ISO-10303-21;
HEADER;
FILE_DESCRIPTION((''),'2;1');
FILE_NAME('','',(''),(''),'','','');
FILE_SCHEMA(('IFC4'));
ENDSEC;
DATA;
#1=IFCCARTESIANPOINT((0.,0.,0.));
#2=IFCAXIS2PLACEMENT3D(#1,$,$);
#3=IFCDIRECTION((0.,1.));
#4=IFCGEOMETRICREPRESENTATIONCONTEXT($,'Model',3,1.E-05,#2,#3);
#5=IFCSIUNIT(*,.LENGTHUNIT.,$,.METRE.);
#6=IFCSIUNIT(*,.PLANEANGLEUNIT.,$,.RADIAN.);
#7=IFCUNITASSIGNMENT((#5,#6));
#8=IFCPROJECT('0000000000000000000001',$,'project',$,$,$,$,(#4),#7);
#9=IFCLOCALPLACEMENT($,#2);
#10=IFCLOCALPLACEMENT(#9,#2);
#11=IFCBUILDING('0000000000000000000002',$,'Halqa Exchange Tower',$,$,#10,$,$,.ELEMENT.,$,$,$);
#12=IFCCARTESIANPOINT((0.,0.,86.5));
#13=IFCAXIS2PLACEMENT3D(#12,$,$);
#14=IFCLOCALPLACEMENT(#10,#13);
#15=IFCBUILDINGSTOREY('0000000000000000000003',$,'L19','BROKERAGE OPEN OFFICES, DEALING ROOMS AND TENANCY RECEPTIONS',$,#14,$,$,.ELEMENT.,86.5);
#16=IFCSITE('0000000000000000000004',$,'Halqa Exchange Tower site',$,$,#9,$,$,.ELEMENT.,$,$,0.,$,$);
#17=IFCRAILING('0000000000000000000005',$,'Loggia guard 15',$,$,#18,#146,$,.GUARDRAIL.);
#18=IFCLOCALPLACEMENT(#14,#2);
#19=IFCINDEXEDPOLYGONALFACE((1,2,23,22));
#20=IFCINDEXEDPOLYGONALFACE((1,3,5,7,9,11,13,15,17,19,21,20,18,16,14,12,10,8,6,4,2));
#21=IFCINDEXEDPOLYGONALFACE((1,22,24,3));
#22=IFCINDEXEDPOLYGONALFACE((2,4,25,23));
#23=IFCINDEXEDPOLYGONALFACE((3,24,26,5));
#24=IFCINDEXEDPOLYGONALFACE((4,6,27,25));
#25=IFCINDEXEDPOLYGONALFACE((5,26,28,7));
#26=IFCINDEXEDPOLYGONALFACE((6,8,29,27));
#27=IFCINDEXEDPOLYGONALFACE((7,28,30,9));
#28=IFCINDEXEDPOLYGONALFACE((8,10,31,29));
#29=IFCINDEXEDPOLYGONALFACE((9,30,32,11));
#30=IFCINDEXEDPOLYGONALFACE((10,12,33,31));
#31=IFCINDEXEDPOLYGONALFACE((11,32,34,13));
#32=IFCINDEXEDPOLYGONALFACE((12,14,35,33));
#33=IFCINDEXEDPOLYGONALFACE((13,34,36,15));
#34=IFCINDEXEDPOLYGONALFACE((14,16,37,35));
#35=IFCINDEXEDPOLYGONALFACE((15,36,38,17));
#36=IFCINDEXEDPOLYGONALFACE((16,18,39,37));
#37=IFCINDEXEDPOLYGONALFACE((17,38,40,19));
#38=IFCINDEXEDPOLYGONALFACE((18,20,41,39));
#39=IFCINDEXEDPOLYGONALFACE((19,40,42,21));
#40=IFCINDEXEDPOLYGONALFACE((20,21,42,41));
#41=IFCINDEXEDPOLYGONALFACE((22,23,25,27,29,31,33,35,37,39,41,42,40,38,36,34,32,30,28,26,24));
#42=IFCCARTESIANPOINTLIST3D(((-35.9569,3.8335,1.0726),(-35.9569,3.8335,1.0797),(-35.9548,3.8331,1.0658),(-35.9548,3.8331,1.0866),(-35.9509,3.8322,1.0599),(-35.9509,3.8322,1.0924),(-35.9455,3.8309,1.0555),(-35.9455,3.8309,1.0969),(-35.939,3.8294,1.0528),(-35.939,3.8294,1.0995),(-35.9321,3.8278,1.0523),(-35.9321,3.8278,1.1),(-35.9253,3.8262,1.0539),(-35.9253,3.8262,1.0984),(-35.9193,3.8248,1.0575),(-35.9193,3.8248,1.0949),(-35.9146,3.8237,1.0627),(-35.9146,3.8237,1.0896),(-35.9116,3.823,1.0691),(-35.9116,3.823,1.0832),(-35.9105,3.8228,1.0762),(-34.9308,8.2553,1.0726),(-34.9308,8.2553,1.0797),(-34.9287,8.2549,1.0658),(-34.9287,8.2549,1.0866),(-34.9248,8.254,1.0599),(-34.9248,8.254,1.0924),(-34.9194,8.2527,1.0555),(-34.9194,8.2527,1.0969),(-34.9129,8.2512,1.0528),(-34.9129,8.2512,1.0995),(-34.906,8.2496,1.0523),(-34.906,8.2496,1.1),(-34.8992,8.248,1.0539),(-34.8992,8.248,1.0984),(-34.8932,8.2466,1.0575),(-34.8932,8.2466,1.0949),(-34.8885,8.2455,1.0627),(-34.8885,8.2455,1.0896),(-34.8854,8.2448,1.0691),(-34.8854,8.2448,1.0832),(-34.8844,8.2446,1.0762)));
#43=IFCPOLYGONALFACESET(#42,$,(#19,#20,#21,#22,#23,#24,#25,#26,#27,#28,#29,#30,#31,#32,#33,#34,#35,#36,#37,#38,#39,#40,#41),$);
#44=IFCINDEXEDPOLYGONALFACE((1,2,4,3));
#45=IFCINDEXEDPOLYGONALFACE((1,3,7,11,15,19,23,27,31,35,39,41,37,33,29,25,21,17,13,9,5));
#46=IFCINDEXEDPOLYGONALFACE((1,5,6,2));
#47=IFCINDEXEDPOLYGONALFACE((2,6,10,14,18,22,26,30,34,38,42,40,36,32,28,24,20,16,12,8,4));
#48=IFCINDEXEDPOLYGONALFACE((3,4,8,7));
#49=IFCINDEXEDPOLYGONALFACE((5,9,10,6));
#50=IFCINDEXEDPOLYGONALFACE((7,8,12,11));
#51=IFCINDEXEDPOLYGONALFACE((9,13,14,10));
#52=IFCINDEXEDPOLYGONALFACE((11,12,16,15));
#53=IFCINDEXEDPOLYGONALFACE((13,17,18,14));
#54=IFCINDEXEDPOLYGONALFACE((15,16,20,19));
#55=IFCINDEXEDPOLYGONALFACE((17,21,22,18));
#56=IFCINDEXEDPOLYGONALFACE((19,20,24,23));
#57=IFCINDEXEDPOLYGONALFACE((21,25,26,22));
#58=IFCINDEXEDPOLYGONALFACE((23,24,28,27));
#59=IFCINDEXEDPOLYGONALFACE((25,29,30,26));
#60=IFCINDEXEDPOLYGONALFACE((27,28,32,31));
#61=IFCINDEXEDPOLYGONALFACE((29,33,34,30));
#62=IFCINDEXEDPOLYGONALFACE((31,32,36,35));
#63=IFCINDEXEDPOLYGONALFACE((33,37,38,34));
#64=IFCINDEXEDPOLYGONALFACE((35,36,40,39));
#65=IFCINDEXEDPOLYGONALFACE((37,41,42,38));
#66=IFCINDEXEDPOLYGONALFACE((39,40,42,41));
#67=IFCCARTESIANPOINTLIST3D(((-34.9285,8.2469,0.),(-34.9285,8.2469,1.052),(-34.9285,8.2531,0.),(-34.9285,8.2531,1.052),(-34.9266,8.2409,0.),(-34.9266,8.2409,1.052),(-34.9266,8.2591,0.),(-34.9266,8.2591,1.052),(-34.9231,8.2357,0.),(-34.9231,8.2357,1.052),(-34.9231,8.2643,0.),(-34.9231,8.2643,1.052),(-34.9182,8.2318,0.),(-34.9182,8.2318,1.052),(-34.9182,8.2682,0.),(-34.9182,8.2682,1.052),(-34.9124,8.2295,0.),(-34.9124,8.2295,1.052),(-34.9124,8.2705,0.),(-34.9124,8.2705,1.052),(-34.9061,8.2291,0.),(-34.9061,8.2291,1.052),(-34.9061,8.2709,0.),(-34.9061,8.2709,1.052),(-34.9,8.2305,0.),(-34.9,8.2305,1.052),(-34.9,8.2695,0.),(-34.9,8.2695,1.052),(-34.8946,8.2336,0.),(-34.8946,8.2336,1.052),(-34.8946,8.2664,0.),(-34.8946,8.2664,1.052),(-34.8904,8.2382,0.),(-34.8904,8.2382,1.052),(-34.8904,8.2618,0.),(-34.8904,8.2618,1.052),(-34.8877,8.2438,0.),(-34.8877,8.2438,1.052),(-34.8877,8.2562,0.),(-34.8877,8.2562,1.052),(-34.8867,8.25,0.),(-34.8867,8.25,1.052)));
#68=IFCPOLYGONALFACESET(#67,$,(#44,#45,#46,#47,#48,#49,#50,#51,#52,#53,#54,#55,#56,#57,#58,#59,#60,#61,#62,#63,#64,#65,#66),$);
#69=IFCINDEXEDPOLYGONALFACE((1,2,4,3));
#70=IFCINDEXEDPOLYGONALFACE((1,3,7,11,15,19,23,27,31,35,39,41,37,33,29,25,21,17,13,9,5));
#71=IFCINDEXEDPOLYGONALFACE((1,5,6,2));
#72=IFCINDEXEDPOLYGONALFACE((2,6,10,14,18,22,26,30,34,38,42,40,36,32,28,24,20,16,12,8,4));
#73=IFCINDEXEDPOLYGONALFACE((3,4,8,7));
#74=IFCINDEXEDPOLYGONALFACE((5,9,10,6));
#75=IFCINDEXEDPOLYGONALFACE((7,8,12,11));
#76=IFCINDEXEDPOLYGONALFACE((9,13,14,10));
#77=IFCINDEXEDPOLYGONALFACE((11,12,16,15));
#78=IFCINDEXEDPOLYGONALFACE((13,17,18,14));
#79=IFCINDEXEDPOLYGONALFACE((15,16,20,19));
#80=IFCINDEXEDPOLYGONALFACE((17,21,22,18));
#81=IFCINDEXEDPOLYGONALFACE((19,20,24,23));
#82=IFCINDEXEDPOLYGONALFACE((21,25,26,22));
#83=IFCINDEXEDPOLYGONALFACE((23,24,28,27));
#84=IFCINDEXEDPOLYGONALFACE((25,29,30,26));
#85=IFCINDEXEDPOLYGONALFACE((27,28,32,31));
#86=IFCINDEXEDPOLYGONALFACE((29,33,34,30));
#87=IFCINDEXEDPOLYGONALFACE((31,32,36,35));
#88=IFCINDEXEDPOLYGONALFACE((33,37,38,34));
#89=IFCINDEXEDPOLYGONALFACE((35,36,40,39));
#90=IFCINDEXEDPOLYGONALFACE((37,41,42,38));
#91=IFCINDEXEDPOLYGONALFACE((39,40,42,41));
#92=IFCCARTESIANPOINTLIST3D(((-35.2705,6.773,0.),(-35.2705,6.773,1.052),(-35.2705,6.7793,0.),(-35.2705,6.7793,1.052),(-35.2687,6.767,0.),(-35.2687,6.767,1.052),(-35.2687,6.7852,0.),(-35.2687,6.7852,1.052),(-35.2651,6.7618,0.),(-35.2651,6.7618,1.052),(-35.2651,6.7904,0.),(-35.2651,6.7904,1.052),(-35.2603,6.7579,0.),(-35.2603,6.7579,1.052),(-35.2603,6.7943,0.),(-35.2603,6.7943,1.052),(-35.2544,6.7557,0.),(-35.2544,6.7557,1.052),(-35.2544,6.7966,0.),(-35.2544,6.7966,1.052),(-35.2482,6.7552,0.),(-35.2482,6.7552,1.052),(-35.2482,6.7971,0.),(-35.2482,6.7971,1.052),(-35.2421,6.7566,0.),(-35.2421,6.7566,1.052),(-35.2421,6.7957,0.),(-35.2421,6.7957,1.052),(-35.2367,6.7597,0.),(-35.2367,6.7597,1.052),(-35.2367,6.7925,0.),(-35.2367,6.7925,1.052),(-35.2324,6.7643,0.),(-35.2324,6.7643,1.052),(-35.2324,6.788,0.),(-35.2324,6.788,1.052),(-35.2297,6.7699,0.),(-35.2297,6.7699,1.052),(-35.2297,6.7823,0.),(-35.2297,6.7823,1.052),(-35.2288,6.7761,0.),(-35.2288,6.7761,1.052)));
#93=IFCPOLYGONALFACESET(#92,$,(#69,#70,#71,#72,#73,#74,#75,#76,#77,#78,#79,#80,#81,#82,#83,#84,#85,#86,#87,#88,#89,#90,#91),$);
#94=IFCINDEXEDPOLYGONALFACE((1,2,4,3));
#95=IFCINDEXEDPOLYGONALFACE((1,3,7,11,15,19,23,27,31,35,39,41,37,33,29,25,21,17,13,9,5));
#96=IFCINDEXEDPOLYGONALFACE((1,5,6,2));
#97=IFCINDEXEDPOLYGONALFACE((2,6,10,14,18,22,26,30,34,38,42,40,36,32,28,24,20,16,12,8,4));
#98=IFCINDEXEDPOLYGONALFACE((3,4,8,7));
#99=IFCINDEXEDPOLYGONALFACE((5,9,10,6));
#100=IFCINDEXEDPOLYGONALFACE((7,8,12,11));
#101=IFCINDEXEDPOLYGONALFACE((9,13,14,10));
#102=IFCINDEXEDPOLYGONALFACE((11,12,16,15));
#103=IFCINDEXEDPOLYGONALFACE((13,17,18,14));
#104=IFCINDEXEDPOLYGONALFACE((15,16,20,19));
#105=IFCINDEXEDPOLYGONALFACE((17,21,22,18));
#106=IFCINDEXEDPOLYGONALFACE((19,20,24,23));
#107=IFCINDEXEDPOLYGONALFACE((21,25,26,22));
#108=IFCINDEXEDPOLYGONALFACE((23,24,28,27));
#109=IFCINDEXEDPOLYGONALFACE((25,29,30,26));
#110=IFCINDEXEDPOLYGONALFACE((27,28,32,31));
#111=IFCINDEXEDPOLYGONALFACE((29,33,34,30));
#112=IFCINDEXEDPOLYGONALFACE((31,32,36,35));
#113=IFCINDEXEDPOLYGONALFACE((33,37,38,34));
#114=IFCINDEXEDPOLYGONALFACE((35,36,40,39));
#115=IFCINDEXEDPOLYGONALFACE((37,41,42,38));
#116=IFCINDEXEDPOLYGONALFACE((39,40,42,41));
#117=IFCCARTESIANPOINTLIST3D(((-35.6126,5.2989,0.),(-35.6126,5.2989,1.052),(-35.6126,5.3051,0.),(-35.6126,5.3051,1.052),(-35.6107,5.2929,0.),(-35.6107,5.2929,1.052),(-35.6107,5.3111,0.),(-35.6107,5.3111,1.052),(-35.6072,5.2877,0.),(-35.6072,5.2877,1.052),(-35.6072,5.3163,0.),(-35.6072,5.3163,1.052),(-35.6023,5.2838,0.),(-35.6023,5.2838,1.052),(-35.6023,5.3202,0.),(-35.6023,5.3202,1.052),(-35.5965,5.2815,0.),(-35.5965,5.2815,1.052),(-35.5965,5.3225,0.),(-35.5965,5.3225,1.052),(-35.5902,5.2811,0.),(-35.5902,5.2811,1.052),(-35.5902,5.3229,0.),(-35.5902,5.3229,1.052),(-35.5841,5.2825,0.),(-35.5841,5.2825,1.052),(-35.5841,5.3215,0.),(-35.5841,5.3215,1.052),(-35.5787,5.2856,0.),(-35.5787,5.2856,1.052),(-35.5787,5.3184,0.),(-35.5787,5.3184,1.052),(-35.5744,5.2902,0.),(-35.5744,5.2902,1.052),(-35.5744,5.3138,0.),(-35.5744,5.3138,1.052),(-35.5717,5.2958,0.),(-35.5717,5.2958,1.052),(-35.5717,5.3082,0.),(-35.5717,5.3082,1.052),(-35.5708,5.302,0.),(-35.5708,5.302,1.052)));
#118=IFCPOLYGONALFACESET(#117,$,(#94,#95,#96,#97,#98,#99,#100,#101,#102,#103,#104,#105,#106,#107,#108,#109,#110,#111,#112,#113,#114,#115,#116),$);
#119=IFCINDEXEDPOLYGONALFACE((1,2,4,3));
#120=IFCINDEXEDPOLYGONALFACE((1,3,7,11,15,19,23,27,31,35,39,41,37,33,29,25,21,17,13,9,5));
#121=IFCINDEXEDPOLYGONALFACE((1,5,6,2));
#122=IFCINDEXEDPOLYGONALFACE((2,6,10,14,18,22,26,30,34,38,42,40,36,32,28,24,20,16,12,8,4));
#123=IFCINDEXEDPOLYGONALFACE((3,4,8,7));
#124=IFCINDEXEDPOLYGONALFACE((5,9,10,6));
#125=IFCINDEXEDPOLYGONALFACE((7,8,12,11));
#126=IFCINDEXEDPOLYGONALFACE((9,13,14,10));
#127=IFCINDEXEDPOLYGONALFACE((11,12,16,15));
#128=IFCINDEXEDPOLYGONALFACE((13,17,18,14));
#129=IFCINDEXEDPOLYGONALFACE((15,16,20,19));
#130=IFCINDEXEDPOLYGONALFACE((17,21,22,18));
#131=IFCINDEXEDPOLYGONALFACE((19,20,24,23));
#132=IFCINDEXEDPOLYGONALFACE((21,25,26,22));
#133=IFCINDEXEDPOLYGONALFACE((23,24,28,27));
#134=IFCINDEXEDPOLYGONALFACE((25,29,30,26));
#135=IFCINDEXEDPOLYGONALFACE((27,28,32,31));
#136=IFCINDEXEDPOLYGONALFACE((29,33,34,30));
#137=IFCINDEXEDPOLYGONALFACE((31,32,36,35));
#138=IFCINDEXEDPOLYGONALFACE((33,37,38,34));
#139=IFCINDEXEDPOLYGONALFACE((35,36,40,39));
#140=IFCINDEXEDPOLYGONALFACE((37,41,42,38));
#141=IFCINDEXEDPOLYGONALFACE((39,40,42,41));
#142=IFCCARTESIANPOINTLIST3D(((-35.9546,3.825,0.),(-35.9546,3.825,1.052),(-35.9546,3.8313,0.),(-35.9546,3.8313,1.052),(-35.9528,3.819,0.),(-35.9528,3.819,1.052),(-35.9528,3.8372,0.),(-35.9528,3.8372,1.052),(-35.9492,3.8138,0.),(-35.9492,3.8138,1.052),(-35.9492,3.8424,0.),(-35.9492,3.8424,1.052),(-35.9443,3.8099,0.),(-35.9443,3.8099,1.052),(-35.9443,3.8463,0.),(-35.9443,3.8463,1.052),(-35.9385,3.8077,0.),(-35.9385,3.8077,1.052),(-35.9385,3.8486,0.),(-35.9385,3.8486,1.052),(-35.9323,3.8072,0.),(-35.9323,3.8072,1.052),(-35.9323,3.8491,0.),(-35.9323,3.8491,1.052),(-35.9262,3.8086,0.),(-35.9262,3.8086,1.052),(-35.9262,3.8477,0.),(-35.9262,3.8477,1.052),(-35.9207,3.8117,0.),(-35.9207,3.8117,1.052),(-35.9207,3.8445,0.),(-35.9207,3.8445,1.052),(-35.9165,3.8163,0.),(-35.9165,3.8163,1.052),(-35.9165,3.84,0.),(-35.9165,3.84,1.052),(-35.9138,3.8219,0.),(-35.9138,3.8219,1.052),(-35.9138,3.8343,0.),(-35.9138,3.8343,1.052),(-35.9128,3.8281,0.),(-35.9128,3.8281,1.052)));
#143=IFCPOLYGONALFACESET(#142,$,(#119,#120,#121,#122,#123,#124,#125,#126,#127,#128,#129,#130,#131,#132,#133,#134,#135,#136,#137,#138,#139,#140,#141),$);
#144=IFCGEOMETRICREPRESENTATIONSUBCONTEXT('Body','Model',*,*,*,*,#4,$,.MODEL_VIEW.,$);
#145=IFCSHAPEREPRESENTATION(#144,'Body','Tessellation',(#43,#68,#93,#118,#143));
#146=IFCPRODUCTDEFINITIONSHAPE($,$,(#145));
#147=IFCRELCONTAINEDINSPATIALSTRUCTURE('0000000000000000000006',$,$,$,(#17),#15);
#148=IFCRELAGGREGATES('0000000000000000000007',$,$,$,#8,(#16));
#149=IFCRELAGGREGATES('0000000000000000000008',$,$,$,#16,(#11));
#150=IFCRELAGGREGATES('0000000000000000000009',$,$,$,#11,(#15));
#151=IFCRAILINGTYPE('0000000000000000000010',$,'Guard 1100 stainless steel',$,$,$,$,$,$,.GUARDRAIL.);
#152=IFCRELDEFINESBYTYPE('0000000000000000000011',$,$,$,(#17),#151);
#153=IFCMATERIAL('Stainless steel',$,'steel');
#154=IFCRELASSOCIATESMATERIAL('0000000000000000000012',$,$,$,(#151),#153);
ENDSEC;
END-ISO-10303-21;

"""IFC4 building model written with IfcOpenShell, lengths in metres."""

from ifc_helpers import new_model, si_unit, direction, frame, origin, origin_2d, place, context, subcontext, project, spatial, circle, extrude, material, type_object, element, save


model = new_model("IFC4")

# Units and contexts
model_context = context("Model", 3, precision=1e-05, world=origin(), true_north=direction((0.0, 1.0)))
body_context = subcontext(model_context, "Body", "Model", "MODEL_VIEW")
ifc_project = project(units=[si_unit("LENGTHUNIT", "METRE"), si_unit("PLANEANGLEUNIT", "RADIAN")], contexts=[model_context])

# Site, building, storey
site_placement = place(None, origin())
site = spatial("IfcSite", under=ifc_project, at=site_placement, Name="Halqa Exchange Tower site", CompositionType="ELEMENT", RefElevation=0.0)
building_placement = place(site_placement, origin())
building = spatial("IfcBuilding", under=site, at=building_placement, Name="Halqa Exchange Tower", CompositionType="ELEMENT")
storey_placement = place(building_placement, frame((0.0, 0.0, 86.5)))
storey = spatial("IfcBuildingStorey", under=building, at=storey_placement, Name="L19", Description="BROKERAGE OPEN OFFICES, DEALING ROOMS AND TENANCY RECEPTIONS", CompositionType="ELEMENT", Elevation=86.5)

# Railing
ifc_material_1 = material(Name="Stainless steel", Category="steel")
railing_type = type_object("IfcRailingType", Name="Guard 1100 stainless steel", PredefinedType="GUARDRAIL", material=ifc_material_1)
railing_1_placement = place(storey_placement, frame((-34.9077, 8.25, 0.0)))
element("IfcRailing", 1, at=railing_1_placement, inside=storey, type_object=railing_type, Name="Loggia guard 15", PredefinedType="GUARDRAIL", context=body_context, shape_type="SweptSolid", body=[
    extrude(circle(Radius=0.0239, at=origin_2d()), frame((0.0, 0.0, 1.0762), z_axis=(-0.22605, -0.974116, 0.0), x_axis=(0.974116, -0.22605, 0.0)), (0.0, 0.0, 1.0), 4.5393),
    extrude(circle(Radius=0.021, at=origin_2d()), origin(), (0.0, 0.0, 1.0), 1.052),
    extrude(circle(Radius=0.021, at=origin_2d()), frame((-0.342, -1.4739, 0.0)), (0.0, 0.0, 1.0), 1.052),
    extrude(circle(Radius=0.021, at=origin_2d()), frame((-0.6841, -2.948, 0.0)), (0.0, 0.0, 1.0), 1.052),
    extrude(circle(Radius=0.021, at=origin_2d()), frame((-1.0261, -4.4219, 0.0)), (0.0, 0.0, 1.0), 1.052),
])

save(model, "model.ifc")
